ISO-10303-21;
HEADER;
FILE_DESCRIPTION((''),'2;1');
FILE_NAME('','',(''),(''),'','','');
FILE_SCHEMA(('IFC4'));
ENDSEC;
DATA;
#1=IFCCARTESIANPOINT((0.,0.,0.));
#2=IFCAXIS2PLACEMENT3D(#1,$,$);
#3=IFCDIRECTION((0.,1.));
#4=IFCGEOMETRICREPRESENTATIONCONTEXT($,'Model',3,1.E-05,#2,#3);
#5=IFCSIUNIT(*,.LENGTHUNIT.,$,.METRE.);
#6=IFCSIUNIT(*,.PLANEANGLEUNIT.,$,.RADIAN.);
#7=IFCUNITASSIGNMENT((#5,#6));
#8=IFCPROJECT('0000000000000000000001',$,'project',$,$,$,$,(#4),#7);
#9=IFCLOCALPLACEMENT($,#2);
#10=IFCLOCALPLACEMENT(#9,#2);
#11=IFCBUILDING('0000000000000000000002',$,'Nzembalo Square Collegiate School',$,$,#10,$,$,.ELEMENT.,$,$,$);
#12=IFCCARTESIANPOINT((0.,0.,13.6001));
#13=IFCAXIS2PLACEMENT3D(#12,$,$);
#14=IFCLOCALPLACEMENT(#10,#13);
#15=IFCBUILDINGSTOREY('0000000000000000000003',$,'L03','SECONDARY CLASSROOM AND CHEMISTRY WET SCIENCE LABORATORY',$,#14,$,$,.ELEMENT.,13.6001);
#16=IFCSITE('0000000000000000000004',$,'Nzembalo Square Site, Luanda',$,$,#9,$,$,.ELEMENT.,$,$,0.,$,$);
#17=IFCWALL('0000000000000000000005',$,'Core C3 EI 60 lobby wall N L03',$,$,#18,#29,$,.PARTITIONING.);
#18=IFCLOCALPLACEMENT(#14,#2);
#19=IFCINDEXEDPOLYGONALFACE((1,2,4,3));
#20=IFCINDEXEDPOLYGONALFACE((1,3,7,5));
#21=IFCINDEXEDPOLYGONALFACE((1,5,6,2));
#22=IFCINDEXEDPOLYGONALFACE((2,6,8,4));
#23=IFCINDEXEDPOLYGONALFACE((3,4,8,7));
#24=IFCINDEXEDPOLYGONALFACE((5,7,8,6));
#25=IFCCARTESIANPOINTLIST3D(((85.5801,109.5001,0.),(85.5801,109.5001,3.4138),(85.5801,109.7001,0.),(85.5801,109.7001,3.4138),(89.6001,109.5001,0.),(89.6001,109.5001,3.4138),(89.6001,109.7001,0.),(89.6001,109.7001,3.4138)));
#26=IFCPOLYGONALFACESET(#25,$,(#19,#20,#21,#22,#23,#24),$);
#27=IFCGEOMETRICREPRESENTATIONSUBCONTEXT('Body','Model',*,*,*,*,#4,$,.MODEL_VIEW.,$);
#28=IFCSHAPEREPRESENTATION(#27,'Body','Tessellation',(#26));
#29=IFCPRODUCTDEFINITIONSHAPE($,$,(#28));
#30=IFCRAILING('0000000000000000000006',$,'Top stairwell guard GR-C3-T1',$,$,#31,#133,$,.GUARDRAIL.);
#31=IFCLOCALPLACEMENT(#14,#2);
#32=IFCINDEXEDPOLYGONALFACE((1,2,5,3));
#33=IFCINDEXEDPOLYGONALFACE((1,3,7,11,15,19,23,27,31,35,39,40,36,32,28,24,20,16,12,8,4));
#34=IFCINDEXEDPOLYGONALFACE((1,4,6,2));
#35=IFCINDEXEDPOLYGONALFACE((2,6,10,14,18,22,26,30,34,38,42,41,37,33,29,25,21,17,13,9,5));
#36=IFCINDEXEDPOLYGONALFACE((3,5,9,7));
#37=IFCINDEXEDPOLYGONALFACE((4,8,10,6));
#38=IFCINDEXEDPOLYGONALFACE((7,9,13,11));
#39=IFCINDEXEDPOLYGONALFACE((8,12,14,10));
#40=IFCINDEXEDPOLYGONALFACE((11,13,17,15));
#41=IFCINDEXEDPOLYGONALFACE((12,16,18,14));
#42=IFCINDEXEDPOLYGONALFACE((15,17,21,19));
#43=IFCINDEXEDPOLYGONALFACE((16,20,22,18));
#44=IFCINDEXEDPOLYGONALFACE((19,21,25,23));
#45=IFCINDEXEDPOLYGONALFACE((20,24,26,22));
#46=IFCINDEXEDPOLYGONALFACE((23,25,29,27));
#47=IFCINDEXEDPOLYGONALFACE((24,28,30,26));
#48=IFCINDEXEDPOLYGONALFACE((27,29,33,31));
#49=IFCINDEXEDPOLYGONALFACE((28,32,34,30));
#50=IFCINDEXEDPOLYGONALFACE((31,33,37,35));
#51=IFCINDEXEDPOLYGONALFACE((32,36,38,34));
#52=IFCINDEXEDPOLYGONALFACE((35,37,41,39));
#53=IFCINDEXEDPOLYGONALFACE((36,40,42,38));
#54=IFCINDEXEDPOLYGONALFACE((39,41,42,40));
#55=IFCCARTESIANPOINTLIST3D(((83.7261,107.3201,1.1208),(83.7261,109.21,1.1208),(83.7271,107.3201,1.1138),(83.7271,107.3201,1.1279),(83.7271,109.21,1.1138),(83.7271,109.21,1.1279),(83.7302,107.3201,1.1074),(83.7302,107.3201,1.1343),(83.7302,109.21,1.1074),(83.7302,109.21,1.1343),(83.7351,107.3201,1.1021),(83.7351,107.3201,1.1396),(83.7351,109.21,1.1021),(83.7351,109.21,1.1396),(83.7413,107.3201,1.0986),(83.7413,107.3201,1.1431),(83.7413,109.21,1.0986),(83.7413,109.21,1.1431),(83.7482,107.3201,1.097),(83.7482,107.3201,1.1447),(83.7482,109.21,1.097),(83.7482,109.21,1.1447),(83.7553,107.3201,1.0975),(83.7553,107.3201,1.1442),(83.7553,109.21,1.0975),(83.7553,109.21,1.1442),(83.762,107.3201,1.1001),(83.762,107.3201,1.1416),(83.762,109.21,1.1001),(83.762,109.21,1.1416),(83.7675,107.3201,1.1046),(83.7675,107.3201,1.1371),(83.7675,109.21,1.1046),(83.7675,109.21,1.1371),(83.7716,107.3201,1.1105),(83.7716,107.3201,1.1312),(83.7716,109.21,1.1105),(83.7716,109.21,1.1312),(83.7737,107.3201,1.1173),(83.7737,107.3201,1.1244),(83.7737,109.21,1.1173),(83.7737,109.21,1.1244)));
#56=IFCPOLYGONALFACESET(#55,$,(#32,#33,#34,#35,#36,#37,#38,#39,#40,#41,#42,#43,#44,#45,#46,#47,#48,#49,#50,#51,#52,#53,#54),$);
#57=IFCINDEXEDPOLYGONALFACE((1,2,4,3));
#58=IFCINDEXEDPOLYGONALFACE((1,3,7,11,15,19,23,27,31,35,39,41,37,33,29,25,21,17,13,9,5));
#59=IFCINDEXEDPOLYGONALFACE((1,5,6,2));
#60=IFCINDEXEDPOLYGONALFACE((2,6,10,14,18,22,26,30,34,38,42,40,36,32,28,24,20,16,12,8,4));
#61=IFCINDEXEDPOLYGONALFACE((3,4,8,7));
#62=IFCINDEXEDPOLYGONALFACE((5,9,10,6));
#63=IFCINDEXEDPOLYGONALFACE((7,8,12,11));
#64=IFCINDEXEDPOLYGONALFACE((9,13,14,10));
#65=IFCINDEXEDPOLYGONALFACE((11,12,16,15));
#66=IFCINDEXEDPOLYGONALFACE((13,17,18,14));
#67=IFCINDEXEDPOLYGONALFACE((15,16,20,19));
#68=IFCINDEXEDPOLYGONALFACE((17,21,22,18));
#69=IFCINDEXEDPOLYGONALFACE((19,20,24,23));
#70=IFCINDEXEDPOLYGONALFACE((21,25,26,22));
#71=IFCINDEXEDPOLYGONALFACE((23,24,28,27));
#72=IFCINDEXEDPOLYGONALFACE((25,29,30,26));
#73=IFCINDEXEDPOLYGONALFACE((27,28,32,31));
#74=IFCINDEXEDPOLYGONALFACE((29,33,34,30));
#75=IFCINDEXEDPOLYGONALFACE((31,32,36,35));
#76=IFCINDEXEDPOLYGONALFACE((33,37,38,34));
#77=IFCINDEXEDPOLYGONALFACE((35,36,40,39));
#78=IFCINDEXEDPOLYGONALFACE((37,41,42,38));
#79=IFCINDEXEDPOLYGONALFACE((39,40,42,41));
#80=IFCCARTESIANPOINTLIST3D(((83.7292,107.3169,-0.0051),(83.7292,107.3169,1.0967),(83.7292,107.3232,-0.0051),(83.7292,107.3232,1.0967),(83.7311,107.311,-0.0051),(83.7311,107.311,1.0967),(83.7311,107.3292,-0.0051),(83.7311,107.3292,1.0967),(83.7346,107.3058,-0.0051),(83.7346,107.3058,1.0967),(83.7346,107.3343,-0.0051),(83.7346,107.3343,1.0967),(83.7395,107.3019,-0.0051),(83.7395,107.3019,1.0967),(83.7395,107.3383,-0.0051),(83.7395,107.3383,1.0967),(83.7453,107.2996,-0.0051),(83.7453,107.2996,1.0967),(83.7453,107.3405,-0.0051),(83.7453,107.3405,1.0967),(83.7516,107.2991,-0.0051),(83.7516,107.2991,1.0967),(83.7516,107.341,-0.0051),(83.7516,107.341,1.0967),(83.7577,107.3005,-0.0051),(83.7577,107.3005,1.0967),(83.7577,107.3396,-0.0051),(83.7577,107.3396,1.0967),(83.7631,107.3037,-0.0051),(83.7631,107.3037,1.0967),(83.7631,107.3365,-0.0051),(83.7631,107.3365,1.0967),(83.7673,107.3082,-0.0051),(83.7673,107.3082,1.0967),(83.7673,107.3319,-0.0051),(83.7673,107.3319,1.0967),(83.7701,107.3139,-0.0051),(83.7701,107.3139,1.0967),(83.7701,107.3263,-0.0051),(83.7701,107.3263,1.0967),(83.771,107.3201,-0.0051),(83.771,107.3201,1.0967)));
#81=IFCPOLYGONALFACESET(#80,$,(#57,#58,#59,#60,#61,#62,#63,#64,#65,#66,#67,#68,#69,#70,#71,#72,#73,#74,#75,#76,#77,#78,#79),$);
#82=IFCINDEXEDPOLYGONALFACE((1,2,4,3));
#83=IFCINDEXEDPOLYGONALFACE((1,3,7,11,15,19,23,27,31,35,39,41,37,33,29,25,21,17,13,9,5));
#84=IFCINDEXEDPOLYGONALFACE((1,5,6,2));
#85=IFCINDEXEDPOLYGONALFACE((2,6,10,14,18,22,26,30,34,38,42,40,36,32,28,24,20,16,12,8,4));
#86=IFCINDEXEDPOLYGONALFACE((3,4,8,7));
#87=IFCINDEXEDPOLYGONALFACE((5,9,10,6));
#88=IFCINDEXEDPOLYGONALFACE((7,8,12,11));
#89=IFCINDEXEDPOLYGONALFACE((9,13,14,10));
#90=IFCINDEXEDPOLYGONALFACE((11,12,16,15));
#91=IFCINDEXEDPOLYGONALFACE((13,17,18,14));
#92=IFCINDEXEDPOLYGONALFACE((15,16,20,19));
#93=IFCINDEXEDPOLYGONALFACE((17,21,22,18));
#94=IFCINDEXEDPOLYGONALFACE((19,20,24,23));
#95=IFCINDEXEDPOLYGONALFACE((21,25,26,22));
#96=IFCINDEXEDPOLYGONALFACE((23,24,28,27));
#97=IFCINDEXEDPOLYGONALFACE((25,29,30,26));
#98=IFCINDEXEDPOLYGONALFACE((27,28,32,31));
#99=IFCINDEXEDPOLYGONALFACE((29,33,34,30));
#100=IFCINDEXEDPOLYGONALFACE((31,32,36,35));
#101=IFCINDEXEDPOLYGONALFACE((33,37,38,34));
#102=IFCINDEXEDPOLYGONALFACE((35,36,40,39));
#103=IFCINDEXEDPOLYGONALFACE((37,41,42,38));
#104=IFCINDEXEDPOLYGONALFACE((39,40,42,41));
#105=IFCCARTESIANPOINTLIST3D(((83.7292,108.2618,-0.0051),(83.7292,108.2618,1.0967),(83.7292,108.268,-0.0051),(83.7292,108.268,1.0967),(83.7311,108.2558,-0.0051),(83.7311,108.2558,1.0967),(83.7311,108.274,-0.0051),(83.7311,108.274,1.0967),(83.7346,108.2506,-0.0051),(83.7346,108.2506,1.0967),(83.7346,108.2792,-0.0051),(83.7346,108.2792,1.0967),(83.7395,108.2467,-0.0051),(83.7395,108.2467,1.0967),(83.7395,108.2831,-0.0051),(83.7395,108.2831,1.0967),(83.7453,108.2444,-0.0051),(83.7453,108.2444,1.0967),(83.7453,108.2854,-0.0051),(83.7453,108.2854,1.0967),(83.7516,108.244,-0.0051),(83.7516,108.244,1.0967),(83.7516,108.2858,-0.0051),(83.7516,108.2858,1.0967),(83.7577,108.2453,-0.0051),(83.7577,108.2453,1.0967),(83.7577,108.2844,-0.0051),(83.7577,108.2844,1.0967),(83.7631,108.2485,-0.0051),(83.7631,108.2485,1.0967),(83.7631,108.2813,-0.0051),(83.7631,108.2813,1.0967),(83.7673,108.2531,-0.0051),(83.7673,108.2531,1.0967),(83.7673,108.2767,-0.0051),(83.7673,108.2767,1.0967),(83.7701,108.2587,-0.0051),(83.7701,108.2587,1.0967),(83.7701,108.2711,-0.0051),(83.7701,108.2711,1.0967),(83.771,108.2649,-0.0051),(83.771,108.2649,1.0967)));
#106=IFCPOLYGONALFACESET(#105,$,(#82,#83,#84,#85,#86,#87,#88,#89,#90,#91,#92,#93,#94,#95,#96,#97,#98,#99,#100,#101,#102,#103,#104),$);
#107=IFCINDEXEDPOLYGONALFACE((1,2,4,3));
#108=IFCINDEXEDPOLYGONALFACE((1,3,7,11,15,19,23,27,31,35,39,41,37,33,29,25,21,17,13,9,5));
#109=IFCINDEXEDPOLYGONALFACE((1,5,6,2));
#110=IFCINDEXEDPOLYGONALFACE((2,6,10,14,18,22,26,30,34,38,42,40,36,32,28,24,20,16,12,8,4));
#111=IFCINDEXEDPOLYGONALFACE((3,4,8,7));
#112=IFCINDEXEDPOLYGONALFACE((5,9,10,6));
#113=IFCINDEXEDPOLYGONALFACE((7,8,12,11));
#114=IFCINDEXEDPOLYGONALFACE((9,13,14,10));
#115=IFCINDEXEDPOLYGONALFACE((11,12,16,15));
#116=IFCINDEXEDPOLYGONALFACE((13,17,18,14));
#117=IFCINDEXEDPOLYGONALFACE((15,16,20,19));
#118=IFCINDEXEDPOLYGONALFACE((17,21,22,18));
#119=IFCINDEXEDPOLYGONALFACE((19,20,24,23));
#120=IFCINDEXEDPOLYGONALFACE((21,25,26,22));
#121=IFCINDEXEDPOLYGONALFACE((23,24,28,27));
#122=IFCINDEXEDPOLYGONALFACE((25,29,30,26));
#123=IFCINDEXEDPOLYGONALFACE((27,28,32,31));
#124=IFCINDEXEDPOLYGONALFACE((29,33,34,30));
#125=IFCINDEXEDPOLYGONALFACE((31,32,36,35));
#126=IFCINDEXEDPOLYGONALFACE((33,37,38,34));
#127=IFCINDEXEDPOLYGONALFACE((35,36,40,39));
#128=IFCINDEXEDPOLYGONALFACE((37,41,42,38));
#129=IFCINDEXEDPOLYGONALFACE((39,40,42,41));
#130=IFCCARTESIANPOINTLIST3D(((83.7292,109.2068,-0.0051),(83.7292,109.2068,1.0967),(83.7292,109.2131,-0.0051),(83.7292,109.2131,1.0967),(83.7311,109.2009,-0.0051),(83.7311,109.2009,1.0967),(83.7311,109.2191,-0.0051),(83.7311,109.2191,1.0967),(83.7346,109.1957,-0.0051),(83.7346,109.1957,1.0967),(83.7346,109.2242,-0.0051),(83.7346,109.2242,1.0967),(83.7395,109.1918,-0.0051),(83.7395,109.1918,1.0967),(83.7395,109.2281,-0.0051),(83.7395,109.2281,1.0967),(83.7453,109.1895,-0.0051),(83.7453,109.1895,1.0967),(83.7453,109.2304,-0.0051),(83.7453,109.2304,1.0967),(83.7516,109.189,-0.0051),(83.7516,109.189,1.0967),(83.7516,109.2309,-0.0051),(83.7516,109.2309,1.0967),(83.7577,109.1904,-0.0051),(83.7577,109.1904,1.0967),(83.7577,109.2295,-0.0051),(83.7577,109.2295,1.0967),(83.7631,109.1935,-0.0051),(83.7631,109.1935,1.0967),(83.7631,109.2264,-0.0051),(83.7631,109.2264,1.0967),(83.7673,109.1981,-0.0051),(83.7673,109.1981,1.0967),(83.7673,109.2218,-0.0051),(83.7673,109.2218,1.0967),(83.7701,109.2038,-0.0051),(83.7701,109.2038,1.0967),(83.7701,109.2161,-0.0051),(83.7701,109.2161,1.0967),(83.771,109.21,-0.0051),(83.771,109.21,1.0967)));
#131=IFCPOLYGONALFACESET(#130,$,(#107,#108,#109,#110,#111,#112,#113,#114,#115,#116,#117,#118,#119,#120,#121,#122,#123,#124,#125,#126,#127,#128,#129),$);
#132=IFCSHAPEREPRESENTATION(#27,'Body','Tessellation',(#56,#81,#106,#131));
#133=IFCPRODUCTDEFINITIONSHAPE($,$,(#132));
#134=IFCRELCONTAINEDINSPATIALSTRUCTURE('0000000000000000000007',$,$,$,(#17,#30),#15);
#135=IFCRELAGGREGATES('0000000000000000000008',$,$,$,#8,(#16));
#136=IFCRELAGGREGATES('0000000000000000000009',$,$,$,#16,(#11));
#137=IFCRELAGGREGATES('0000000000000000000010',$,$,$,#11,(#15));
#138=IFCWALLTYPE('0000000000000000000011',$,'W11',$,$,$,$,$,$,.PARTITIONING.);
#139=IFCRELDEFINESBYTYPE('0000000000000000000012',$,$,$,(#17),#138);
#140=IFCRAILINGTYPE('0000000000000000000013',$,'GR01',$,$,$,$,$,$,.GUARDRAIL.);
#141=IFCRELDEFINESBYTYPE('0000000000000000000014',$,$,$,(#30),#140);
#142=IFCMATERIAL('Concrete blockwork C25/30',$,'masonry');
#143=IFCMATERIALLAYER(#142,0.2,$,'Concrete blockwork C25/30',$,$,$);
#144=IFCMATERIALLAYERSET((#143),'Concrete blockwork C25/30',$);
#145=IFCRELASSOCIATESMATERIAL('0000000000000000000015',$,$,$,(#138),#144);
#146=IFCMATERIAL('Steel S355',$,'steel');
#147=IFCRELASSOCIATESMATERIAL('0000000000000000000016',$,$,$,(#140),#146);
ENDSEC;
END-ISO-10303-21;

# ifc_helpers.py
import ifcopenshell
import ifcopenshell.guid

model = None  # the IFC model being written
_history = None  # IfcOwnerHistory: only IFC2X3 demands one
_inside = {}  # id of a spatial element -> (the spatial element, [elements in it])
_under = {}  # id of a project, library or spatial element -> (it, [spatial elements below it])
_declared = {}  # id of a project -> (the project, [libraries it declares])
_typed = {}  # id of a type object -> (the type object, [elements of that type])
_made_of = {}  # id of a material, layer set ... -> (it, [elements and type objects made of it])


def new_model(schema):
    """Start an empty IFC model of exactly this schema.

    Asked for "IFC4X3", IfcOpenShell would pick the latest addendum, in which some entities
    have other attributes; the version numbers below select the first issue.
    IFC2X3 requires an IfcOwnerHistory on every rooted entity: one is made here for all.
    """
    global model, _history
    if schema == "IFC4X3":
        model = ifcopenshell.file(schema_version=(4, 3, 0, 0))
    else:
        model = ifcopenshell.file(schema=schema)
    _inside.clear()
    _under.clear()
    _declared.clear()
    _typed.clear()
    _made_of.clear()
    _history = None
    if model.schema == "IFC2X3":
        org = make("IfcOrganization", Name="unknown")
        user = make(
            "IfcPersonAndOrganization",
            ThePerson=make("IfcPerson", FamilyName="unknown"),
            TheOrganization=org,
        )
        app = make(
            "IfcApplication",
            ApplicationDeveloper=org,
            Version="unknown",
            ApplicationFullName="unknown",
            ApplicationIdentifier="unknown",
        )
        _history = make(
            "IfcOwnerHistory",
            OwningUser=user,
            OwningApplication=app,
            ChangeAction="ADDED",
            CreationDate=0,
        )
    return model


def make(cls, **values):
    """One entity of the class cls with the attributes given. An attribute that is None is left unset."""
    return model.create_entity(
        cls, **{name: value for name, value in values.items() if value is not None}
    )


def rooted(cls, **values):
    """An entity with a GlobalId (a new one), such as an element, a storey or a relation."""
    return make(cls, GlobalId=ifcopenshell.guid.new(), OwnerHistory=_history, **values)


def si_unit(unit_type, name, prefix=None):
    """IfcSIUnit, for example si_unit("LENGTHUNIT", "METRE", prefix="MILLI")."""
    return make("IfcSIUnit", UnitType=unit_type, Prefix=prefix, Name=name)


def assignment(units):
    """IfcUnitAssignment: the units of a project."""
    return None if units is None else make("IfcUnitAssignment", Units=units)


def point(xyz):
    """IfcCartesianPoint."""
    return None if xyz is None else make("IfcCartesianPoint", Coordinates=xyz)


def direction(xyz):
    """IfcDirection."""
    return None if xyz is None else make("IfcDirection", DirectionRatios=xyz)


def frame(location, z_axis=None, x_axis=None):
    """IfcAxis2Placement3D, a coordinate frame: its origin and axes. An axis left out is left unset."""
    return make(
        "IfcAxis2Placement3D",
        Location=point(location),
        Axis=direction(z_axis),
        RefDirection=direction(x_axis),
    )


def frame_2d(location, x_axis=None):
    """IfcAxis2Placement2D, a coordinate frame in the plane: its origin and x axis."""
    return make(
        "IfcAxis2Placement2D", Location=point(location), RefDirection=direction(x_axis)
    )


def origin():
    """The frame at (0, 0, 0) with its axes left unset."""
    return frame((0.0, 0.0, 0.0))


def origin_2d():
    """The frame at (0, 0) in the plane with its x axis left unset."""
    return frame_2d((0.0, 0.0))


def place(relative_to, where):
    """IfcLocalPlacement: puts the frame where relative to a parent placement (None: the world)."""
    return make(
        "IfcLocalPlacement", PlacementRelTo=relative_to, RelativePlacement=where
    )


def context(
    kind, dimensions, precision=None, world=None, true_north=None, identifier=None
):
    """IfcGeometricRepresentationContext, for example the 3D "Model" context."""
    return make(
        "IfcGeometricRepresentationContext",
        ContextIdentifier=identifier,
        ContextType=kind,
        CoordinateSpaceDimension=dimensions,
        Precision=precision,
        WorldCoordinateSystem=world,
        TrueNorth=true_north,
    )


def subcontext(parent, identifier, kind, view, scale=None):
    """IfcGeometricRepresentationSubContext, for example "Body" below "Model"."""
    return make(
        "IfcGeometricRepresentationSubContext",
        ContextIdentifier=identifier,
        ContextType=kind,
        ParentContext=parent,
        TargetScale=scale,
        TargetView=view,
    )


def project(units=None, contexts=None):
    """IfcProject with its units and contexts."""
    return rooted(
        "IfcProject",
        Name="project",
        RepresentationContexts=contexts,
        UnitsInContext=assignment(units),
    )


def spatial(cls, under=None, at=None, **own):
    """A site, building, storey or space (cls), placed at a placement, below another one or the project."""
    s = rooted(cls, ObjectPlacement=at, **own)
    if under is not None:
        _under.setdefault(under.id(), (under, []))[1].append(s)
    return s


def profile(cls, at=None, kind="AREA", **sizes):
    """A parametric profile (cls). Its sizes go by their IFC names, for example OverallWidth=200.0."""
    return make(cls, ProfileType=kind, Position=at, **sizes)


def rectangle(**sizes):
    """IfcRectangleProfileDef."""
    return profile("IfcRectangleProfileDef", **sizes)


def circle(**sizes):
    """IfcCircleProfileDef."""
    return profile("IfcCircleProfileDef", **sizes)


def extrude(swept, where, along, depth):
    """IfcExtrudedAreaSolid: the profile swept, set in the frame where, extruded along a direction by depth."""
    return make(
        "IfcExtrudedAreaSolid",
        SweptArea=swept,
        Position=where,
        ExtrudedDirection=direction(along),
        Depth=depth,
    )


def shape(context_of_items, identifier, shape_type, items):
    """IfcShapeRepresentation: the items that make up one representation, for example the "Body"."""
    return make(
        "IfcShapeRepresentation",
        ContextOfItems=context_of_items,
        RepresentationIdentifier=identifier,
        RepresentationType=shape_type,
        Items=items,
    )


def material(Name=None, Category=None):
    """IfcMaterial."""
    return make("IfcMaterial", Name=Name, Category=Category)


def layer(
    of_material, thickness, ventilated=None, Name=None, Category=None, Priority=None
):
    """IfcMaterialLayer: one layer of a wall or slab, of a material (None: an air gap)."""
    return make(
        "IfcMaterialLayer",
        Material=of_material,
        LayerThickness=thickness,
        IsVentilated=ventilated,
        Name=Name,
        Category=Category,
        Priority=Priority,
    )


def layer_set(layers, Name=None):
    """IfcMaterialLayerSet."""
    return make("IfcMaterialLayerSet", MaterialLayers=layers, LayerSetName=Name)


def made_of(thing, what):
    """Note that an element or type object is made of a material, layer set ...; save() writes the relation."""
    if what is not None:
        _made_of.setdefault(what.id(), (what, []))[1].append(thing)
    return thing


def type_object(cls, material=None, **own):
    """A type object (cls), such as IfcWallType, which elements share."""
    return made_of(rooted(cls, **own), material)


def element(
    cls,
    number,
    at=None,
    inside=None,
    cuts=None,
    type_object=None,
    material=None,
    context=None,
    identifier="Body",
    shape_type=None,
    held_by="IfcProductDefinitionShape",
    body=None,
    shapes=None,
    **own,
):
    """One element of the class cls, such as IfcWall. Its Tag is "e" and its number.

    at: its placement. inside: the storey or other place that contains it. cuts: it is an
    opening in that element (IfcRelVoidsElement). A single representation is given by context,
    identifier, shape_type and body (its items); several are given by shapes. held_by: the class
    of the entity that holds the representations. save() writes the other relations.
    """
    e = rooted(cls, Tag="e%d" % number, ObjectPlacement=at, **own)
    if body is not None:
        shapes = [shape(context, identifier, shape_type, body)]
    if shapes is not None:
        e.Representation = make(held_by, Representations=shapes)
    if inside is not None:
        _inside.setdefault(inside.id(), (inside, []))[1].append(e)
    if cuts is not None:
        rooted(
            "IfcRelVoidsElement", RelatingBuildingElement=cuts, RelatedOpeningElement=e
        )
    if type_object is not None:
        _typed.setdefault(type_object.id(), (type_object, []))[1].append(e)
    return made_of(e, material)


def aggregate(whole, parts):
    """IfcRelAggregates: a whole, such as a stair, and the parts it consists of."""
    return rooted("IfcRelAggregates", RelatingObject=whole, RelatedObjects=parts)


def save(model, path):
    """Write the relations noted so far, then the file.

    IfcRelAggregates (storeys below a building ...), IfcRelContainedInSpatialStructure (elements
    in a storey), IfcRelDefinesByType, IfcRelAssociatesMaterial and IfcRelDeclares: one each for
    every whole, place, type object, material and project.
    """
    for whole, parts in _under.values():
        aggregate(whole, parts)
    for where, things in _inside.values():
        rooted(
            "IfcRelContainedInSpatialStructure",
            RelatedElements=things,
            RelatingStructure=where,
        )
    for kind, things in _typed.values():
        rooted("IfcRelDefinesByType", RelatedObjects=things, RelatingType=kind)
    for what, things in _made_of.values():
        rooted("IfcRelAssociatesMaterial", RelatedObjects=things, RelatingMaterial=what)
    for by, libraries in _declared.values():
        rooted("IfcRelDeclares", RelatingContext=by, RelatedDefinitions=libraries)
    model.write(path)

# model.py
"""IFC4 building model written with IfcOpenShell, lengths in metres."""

from ifc_helpers import new_model, si_unit, direction, frame, frame_2d, origin, origin_2d, place, context, subcontext, project, spatial, rectangle, circle, extrude, material, layer, layer_set, type_object, element, save


model = new_model("IFC4")

# Units and contexts
model_context = context("Model", 3, precision=1e-05, world=origin(), true_north=direction((0.0, 1.0)))
body_context = subcontext(model_context, "Body", "Model", "MODEL_VIEW")
ifc_project = project(units=[si_unit("LENGTHUNIT", "METRE"), si_unit("PLANEANGLEUNIT", "RADIAN")], contexts=[model_context])

# Site, building, storey
site_placement = place(None, origin())
site = spatial("IfcSite", under=ifc_project, at=site_placement, Name="Nzembalo Square Site, Luanda", CompositionType="ELEMENT", RefElevation=0.0)
building_placement = place(site_placement, origin())
building = spatial("IfcBuilding", under=site, at=building_placement, Name="Nzembalo Square Collegiate School", CompositionType="ELEMENT")
storey_placement = place(building_placement, frame((0.0, 0.0, 13.6001)))
storey = spatial("IfcBuildingStorey", under=building, at=storey_placement, Name="L03", Description="SECONDARY CLASSROOM AND CHEMISTRY WET SCIENCE LABORATORY", CompositionType="ELEMENT", Elevation=13.6001)

# Wall
ifc_material_1 = material(Name="Concrete blockwork C25/30", Category="masonry")
ifc_layer_1 = layer(ifc_material_1, 0.2, Name="Concrete blockwork C25/30")
ifc_layer_set_1 = layer_set([ifc_layer_1], Name="Concrete blockwork C25/30")
wall_type = type_object("IfcWallType", Name="W11", PredefinedType="PARTITIONING", material=ifc_layer_set_1)
wall_placement = place(storey_placement, frame((85.5801, 109.6001, 0.0), z_axis=(0.0, 0.0, 1.0), x_axis=(1.0, 0.0, 0.0)))
element("IfcWall", 1, at=wall_placement, inside=storey, type_object=wall_type, Name="Core C3 EI 60 lobby wall N L03", PredefinedType="PARTITIONING", context=body_context, shape_type="SweptSolid", body=[
    extrude(rectangle(XDim=4.02, YDim=0.2, at=frame_2d((2.01, 0.0))), origin(), (0.0, 0.0, 1.0), 3.4138),
])

# Railing
ifc_material_2 = material(Name="Steel S355", Category="steel")
railing_type = type_object("IfcRailingType", Name="GR01", PredefinedType="GUARDRAIL", material=ifc_material_2)
railing_placement = place(storey_placement, frame((83.75, 107.3201, -0.0051)))
element("IfcRailing", 2, at=railing_placement, inside=storey, type_object=railing_type, Name="Top stairwell guard GR-C3-T1", PredefinedType="GUARDRAIL", context=body_context, shape_type="SweptSolid", body=[
    extrude(circle(Radius=0.0239, at=origin_2d()), frame((0.0, 0.0, 1.126), z_axis=(0.0, 1.0, 0.0), x_axis=(-1.0, 0.0, 0.0)), (0.0, 0.0, 1.0), 1.8899),
    extrude(circle(Radius=0.021, at=origin_2d()), origin(), (0.0, 0.0, 1.0), 1.1018),
    extrude(circle(Radius=0.021, at=origin_2d()), frame((0.0, 0.9448, 0.0)), (0.0, 0.0, 1.0), 1.1018),
    extrude(circle(Radius=0.021, at=origin_2d()), frame((0.0, 1.8899, 0.0)), (0.0, 0.0, 1.0), 1.1018),
])

save(model, "model.ifc")
